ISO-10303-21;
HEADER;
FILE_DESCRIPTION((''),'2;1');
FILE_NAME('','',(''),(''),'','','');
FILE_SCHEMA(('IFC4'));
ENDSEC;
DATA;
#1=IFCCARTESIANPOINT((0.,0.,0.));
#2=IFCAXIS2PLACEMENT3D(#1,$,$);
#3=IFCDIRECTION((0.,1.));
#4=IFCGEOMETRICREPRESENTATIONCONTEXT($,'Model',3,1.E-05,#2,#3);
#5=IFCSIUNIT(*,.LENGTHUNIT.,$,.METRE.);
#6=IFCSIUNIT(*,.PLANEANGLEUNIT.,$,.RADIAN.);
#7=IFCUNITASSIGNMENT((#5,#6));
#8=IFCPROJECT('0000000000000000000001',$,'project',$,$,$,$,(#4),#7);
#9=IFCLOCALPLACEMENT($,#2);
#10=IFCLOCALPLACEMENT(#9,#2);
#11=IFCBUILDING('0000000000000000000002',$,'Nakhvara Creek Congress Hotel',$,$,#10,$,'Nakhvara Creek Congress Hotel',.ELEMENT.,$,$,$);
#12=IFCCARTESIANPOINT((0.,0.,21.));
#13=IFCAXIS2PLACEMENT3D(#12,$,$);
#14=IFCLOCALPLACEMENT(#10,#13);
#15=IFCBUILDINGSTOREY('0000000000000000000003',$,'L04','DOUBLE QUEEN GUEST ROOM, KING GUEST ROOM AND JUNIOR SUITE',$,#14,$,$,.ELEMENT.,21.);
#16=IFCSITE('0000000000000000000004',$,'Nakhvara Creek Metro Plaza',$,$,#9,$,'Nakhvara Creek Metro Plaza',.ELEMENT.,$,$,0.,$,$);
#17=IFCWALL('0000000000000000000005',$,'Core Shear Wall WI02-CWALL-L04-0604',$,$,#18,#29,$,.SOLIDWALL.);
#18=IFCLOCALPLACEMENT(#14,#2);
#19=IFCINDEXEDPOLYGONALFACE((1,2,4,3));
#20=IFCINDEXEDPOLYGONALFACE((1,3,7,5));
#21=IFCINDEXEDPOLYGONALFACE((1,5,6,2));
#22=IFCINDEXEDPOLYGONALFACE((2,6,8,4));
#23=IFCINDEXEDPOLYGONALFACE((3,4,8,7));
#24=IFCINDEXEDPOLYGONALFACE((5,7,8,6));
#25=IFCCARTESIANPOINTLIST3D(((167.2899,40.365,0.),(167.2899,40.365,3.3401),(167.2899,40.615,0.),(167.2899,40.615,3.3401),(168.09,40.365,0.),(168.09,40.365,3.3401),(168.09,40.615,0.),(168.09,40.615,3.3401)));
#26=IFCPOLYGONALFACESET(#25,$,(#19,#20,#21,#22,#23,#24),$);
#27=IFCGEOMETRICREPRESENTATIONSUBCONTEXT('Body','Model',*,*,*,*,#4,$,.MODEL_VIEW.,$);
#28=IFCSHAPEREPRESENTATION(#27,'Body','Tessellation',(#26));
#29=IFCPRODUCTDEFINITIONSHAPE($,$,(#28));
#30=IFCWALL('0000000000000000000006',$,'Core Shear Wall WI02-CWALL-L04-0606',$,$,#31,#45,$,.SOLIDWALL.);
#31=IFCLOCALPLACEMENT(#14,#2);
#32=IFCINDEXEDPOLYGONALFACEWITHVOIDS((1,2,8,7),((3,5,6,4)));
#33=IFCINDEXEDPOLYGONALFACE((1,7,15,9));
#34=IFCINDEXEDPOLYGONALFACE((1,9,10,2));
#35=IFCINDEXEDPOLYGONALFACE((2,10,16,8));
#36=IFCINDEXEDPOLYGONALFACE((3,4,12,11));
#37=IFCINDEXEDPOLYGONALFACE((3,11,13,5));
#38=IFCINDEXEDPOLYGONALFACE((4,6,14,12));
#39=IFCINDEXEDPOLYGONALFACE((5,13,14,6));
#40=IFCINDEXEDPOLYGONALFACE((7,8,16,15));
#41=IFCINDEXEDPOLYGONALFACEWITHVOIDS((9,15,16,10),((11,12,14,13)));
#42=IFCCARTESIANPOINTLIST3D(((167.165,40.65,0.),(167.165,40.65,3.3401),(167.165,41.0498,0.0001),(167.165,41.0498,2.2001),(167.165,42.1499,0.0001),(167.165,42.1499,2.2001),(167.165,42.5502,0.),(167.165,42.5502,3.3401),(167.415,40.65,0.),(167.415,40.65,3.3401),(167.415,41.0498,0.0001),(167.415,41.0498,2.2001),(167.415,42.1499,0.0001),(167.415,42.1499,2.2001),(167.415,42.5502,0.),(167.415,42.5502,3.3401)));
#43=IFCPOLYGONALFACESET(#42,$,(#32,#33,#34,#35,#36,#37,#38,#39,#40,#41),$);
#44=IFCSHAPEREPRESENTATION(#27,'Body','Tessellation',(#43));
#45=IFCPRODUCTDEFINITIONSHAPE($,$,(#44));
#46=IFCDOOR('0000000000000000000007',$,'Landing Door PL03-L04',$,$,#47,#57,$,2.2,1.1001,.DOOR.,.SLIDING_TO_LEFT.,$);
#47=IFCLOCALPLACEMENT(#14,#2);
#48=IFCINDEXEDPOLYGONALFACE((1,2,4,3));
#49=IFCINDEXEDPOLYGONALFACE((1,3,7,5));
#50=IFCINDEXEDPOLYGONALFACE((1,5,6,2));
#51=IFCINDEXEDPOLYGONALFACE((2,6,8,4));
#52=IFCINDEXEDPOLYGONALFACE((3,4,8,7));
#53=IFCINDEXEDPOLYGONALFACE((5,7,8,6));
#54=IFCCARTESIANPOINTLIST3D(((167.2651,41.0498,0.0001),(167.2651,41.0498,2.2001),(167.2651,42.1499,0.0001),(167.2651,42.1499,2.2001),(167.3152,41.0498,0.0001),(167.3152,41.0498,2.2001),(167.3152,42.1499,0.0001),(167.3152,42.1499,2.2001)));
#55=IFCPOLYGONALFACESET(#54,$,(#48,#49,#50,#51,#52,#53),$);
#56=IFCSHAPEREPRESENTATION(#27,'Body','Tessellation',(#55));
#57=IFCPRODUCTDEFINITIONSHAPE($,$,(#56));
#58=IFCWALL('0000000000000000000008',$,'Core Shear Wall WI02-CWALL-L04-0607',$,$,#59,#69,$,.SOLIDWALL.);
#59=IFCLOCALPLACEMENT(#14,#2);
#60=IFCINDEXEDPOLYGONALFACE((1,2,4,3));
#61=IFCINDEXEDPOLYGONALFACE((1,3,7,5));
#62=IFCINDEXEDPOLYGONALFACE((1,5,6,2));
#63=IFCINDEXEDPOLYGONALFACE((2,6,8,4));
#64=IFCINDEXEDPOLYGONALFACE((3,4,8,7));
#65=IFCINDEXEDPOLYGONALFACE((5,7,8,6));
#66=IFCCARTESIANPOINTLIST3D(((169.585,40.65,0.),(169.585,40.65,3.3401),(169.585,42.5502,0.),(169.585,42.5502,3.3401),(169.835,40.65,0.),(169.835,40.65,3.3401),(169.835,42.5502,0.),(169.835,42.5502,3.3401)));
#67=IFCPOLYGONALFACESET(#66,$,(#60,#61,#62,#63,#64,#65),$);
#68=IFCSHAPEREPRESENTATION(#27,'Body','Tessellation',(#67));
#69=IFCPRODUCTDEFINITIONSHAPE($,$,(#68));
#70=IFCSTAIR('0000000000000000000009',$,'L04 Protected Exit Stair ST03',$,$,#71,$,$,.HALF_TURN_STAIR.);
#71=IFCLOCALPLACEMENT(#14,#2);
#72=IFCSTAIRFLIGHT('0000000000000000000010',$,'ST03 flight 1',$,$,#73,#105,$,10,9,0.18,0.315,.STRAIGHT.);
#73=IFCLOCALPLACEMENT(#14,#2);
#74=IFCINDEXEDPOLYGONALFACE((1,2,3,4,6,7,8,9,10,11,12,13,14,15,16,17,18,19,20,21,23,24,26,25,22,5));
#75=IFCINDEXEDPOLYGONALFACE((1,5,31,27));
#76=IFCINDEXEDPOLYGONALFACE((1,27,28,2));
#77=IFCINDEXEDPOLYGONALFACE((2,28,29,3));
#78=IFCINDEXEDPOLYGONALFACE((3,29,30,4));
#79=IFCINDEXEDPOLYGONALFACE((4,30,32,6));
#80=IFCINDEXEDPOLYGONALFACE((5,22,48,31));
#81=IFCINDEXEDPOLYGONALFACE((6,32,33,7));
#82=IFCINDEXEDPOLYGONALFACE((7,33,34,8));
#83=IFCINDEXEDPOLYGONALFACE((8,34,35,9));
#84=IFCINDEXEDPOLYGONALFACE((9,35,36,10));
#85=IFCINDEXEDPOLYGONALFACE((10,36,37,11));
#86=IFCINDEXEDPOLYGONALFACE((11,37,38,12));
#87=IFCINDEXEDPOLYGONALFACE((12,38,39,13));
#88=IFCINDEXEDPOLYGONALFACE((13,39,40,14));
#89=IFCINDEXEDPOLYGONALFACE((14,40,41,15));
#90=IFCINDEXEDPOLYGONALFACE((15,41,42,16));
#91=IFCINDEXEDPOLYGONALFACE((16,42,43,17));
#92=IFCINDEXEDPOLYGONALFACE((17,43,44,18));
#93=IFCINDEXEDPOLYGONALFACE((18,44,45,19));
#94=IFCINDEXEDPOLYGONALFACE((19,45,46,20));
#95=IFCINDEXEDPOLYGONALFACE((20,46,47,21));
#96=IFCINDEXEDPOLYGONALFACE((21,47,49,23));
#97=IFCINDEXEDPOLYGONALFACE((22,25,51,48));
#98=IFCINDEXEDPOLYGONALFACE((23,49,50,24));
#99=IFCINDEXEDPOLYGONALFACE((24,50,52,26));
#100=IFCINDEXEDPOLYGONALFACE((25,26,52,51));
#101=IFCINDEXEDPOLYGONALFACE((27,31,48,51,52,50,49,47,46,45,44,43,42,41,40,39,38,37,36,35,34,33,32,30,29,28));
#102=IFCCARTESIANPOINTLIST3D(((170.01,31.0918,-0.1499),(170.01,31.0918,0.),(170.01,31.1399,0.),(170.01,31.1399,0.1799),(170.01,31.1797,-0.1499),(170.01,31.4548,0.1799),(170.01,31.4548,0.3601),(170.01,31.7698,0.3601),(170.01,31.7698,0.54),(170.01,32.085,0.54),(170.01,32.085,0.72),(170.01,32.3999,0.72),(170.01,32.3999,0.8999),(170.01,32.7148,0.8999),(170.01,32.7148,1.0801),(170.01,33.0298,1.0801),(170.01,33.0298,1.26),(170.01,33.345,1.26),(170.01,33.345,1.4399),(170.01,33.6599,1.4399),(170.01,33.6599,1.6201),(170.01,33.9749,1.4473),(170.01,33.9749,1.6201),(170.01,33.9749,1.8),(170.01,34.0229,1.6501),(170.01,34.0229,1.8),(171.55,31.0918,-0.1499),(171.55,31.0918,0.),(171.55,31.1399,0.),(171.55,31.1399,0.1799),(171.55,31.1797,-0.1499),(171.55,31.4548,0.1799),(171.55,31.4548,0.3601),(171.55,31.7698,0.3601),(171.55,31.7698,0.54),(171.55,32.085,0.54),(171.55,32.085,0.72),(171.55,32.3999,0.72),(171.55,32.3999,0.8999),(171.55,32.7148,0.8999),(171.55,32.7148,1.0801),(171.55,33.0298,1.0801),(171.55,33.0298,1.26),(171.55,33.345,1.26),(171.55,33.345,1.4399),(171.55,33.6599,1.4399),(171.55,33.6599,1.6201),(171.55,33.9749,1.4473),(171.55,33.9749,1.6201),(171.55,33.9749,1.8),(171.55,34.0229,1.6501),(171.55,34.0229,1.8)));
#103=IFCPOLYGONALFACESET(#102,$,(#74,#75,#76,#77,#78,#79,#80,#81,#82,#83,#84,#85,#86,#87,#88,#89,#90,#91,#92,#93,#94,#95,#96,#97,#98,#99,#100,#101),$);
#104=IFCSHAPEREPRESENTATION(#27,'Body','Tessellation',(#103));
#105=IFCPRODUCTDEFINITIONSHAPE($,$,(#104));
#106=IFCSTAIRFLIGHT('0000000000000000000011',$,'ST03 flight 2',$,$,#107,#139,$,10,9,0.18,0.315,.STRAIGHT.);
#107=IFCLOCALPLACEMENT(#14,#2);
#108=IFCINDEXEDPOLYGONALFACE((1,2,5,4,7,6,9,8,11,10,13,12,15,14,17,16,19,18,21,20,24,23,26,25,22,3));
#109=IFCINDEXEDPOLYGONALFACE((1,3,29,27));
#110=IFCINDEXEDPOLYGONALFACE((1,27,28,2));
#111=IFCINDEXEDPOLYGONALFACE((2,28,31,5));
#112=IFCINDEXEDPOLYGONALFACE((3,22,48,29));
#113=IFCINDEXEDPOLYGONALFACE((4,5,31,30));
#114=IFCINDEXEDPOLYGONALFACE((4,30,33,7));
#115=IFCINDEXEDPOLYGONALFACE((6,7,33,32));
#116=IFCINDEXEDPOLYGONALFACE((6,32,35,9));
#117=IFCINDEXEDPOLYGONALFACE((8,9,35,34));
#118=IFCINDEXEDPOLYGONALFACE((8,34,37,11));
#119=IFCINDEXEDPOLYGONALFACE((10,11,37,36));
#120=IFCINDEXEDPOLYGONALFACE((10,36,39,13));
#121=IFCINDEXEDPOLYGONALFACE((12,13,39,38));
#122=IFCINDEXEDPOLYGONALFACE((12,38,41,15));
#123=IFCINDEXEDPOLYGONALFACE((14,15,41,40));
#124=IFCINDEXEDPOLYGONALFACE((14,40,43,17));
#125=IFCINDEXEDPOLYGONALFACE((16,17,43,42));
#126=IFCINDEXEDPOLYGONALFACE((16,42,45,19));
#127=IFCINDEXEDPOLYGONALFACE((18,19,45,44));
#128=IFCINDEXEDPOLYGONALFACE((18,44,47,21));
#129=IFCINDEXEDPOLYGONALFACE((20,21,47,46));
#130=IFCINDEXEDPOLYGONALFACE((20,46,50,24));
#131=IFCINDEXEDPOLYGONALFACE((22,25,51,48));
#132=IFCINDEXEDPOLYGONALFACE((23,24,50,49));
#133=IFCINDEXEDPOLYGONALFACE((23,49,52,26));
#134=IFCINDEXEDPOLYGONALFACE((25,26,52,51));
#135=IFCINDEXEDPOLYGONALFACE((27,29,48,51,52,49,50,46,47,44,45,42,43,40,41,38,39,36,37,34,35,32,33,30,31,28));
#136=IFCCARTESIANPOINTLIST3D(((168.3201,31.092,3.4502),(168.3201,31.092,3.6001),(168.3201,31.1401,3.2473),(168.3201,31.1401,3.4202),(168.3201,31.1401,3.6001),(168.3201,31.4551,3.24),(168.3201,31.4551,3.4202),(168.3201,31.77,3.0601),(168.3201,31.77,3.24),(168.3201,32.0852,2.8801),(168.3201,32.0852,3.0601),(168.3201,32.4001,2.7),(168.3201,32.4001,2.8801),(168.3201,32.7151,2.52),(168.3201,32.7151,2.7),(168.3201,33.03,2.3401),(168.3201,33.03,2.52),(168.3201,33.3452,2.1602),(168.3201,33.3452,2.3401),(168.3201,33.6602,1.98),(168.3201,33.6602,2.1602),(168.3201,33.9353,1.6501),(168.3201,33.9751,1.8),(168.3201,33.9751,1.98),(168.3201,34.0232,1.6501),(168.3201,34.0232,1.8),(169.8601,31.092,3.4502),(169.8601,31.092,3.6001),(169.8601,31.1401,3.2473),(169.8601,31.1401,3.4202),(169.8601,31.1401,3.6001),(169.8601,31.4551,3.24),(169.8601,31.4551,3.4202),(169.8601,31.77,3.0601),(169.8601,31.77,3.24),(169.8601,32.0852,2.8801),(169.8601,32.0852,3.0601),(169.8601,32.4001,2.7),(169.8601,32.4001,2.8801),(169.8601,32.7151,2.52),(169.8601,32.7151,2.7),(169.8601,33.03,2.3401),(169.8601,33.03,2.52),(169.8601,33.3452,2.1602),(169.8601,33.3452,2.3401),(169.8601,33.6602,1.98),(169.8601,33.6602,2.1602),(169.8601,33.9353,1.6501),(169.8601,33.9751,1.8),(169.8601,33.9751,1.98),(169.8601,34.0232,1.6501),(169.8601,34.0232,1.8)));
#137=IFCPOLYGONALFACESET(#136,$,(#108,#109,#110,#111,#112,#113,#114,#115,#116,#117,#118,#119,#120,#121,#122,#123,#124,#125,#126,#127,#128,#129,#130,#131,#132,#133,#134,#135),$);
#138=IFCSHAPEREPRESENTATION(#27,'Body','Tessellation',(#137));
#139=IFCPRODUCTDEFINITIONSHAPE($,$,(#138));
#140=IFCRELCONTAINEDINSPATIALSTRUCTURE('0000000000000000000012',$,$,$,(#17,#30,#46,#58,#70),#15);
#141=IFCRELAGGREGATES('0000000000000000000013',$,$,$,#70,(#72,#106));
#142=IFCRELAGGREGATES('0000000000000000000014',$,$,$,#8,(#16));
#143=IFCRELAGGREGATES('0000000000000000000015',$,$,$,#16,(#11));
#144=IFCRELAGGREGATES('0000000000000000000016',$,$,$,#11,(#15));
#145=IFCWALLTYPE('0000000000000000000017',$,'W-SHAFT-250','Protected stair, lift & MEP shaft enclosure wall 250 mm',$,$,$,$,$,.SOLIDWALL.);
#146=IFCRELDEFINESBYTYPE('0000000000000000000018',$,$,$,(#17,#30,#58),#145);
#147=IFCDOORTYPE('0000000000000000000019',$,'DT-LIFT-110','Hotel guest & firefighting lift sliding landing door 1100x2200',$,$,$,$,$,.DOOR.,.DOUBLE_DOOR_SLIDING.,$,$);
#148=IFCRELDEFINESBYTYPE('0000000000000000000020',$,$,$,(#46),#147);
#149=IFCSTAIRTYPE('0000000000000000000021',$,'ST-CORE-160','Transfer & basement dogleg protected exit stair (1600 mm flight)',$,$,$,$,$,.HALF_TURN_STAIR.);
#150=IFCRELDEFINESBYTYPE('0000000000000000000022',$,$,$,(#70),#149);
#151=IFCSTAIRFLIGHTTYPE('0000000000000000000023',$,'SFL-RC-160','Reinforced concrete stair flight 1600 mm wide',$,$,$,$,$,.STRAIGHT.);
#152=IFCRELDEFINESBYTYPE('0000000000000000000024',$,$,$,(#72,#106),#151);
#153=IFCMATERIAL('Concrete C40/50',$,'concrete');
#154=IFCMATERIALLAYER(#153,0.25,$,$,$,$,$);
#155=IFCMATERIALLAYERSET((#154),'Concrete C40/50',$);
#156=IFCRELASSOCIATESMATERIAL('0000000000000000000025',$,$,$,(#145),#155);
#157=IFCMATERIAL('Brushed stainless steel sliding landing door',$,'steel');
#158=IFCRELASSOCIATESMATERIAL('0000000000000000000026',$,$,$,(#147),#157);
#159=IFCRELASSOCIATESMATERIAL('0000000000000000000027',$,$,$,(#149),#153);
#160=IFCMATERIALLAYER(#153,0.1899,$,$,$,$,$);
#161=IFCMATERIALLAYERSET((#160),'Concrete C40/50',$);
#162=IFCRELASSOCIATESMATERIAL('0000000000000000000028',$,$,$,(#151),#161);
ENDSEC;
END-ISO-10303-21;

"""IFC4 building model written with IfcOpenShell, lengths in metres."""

from ifc_helpers import new_model, si_unit, direction, frame, frame_2d, origin, place, context, subcontext, project, spatial, polyline, rectangle, outline, extrude, material, layer, layer_set, type_object, element, fill, aggregate, save


model = new_model("IFC4")

# Units and contexts
model_context = context("Model", 3, precision=1e-05, world=origin(), true_north=direction((0.0, 1.0)))
body_context = subcontext(model_context, "Body", "Model", "MODEL_VIEW")
ifc_project = project(units=[si_unit("LENGTHUNIT", "METRE"), si_unit("PLANEANGLEUNIT", "RADIAN")], contexts=[model_context])

# Site, building, storey
site_placement = place(None, origin())
site = spatial("IfcSite", under=ifc_project, at=site_placement, Name="Nakhvara Creek Metro Plaza", LongName="Nakhvara Creek Metro Plaza", CompositionType="ELEMENT", RefElevation=0.0)
building_placement = place(site_placement, origin())
building = spatial("IfcBuilding", under=site, at=building_placement, Name="Nakhvara Creek Congress Hotel", LongName="Nakhvara Creek Congress Hotel", CompositionType="ELEMENT")
storey_placement = place(building_placement, frame((0.0, 0.0, 21.0)))
storey = spatial("IfcBuildingStorey", under=building, at=storey_placement, Name="L04", Description="DOUBLE QUEEN GUEST ROOM, KING GUEST ROOM AND JUNIOR SUITE", CompositionType="ELEMENT", Elevation=21.0)

# Shared definitions
ifc_material_1 = material(Name="Concrete C40/50", Category="concrete")

# Wall
ifc_layer_1 = layer(ifc_material_1, 0.25)
ifc_layer_set_1 = layer_set([ifc_layer_1], Name="Concrete C40/50")
wall_type_1 = type_object("IfcWallType", Name="W-SHAFT-250", Description="Protected stair, lift & MEP shaft enclosure wall 250 mm", PredefinedType="SOLIDWALL", material=ifc_layer_set_1)
wall_1_placement = place(storey_placement, frame((167.29, 40.49, 0.0), z_axis=(0.0, 0.0, 1.0), x_axis=(1.0, 0.0, 0.0)))
element("IfcWall", 1, at=wall_1_placement, inside=storey, type_object=wall_type_1, Name="Core Shear Wall WI02-CWALL-L04-0604", PredefinedType="SOLIDWALL", context=body_context, shape_type="SweptSolid", body=[
    extrude(rectangle(XDim=0.8, YDim=0.25, at=frame_2d((0.3999, 0.0))), origin(), (0.0, 0.0, 1.0), 3.3401),
])

# Wall, opening, door
wall_2_placement = place(storey_placement, frame((167.29, 40.6499, 0.0), z_axis=(0.0, 0.0, 1.0), x_axis=(0.0, 1.0, 0.0)))
wall_2 = element("IfcWall", 2, at=wall_2_placement, inside=storey, type_object=wall_type_1, Name="Core Shear Wall WI02-CWALL-L04-0606", PredefinedType="SOLIDWALL", context=body_context, shape_type="SweptSolid", body=[
    extrude(rectangle(XDim=1.9001, YDim=0.25, at=frame_2d((0.9502, 0.0))), origin(), (0.0, 0.0, 1.0), 3.3401),
])
opening_1_placement = place(wall_2_placement, frame((0.3999, 0.0, 0.0)))
opening_1 = element("IfcOpeningElement", 3, at=opening_1_placement, cuts=wall_2, PredefinedType="OPENING", context=body_context, shape_type="SweptSolid", body=[
    extrude(rectangle(XDim=1.1001, YDim=2.2, at=frame_2d((0.55, 1.1001))), frame((0.0, 0.137, 0.0), z_axis=(0.0, -1.0, 0.0), x_axis=(1.0, 0.0, 0.0)), (0.0, 0.0, 1.0), 0.2739),
])
ifc_material_2 = material(Name="Brushed stainless steel sliding landing door", Category="steel")
door_type_1 = type_object("IfcDoorType", Name="DT-LIFT-110", Description="Hotel guest & firefighting lift sliding landing door 1100x2200", OperationType="DOUBLE_DOOR_SLIDING", PredefinedType="DOOR", material=ifc_material_2)
door_1_placement = place(opening_1_placement, origin())
door_1 = element("IfcDoor", 4, at=door_1_placement, inside=storey, type_object=door_type_1, Name="Landing Door PL03-L04", OperationType="SLIDING_TO_LEFT", OverallHeight=2.2, OverallWidth=1.1001, PredefinedType="DOOR", context=body_context, shape_type="SweptSolid", body=[
    extrude(rectangle(XDim=1.1001, YDim=2.2, at=frame_2d((0.55, 1.1001))), frame((0.0, 0.0249, 0.0), z_axis=(0.0, -1.0, 0.0), x_axis=(1.0, 0.0, 0.0)), (0.0, 0.0, 1.0), 0.05),
])
fill(opening_1, door_1)

# Wall
wall_3_placement = place(storey_placement, frame((169.71, 40.6499, 0.0), z_axis=(0.0, 0.0, 1.0), x_axis=(0.0, 1.0, 0.0)))
element("IfcWall", 5, at=wall_3_placement, inside=storey, type_object=wall_type_1, Name="Core Shear Wall WI02-CWALL-L04-0607", PredefinedType="SOLIDWALL", context=body_context, shape_type="SweptSolid", body=[
    extrude(rectangle(XDim=1.9001, YDim=0.25, at=frame_2d((0.9502, 0.0))), origin(), (0.0, 0.0, 1.0), 3.3401),
])

# Stair, stair flights
stair_type = type_object("IfcStairType", Name="ST-CORE-160", Description="Transfer & basement dogleg protected exit stair (1600 mm flight)", PredefinedType="HALF_TURN_STAIR", material=ifc_material_1)
stair_placement = place(storey_placement, origin())
stair = element("IfcStair", 6, at=stair_placement, inside=storey, type_object=stair_type, Name="L04 Protected Exit Stair ST03", PredefinedType="HALF_TURN_STAIR")
ifc_layer_2 = layer(ifc_material_1, 0.1899)
ifc_layer_set_2 = layer_set([ifc_layer_2], Name="Concrete C40/50")
stair_flight_type = type_object("IfcStairFlightType", Name="SFL-RC-160", Description="Reinforced concrete stair flight 1600 mm wide", PredefinedType="STRAIGHT", material=ifc_layer_set_2)
stair_flight_1_placement = place(storey_placement, frame((170.78, 31.1399, 0.0), z_axis=(0.0, 0.0, 1.0), x_axis=(0.0, 1.0, 0.0)))
stair_flight_1 = element("IfcStairFlight", 7, at=stair_flight_1_placement, type_object=stair_flight_type, Name="ST03 flight 1", NumberOfRisers=10, NumberOfTreads=9, PredefinedType="STRAIGHT", RiserHeight=0.18, TreadLength=0.315, context=body_context, shape_type="SweptSolid", body=[
    extrude(outline(polyline([(-0.0481, 0.0), (0.0, 0.0), (0.0, 0.1799), (0.3149, 0.1799), (0.3149, 0.3601), (0.6299, 0.3601), (0.6299, 0.54), (0.9451, 0.54), (0.9451, 0.72), (1.26, 0.72), (1.26, 0.8999), (1.575, 0.8999), (1.575, 1.0801), (1.8899, 1.0801), (1.8899, 1.26), (2.2051, 1.26), (2.2051, 1.4399), (2.52, 1.4399), (2.52, 1.6201), (2.835, 1.6201), (2.835, 1.8), (2.8831, 1.8), (2.8831, 1.6501), (2.835, 1.4473), (0.0398, -0.1499), (-0.0481, -0.1499), (-0.0481, 0.0)])), frame((0.0, 0.77, 0.0), z_axis=(0.0, -1.0, 0.0), x_axis=(1.0, 0.0, 0.0)), (0.0, 0.0, 1.0), 1.54),
])
stair_flight_2_placement = place(storey_placement, frame((169.0901, 33.9751, 1.8), z_axis=(0.0, 0.0, 1.0), x_axis=(0.0, -1.0, 0.0)))
stair_flight_2 = element("IfcStairFlight", 8, at=stair_flight_2_placement, type_object=stair_flight_type, Name="ST03 flight 2", NumberOfRisers=10, NumberOfTreads=9, PredefinedType="STRAIGHT", RiserHeight=0.18, TreadLength=0.315, context=body_context, shape_type="SweptSolid", body=[
    extrude(outline(polyline([(-0.0481, 0.0), (0.0, 0.0), (0.0, 0.1799), (0.3149, 0.1799), (0.3149, 0.3601), (0.6299, 0.3601), (0.6299, 0.54), (0.9451, 0.54), (0.9451, 0.72), (1.26, 0.72), (1.26, 0.8999), (1.575, 0.8999), (1.575, 1.0801), (1.8899, 1.0801), (1.8899, 1.26), (2.2051, 1.26), (2.2051, 1.4399), (2.52, 1.4399), (2.52, 1.6201), (2.835, 1.6201), (2.835, 1.8), (2.8831, 1.8), (2.8831, 1.6501), (2.835, 1.4473), (0.0398, -0.1499), (-0.0481, -0.1499), (-0.0481, 0.0)])), frame((0.0, 0.77, 0.0), z_axis=(0.0, -1.0, 0.0), x_axis=(1.0, 0.0, 0.0)), (0.0, 0.0, 1.0), 1.54),
])
aggregate(stair, [stair_flight_1, stair_flight_2])

save(model, "model.ifc")
